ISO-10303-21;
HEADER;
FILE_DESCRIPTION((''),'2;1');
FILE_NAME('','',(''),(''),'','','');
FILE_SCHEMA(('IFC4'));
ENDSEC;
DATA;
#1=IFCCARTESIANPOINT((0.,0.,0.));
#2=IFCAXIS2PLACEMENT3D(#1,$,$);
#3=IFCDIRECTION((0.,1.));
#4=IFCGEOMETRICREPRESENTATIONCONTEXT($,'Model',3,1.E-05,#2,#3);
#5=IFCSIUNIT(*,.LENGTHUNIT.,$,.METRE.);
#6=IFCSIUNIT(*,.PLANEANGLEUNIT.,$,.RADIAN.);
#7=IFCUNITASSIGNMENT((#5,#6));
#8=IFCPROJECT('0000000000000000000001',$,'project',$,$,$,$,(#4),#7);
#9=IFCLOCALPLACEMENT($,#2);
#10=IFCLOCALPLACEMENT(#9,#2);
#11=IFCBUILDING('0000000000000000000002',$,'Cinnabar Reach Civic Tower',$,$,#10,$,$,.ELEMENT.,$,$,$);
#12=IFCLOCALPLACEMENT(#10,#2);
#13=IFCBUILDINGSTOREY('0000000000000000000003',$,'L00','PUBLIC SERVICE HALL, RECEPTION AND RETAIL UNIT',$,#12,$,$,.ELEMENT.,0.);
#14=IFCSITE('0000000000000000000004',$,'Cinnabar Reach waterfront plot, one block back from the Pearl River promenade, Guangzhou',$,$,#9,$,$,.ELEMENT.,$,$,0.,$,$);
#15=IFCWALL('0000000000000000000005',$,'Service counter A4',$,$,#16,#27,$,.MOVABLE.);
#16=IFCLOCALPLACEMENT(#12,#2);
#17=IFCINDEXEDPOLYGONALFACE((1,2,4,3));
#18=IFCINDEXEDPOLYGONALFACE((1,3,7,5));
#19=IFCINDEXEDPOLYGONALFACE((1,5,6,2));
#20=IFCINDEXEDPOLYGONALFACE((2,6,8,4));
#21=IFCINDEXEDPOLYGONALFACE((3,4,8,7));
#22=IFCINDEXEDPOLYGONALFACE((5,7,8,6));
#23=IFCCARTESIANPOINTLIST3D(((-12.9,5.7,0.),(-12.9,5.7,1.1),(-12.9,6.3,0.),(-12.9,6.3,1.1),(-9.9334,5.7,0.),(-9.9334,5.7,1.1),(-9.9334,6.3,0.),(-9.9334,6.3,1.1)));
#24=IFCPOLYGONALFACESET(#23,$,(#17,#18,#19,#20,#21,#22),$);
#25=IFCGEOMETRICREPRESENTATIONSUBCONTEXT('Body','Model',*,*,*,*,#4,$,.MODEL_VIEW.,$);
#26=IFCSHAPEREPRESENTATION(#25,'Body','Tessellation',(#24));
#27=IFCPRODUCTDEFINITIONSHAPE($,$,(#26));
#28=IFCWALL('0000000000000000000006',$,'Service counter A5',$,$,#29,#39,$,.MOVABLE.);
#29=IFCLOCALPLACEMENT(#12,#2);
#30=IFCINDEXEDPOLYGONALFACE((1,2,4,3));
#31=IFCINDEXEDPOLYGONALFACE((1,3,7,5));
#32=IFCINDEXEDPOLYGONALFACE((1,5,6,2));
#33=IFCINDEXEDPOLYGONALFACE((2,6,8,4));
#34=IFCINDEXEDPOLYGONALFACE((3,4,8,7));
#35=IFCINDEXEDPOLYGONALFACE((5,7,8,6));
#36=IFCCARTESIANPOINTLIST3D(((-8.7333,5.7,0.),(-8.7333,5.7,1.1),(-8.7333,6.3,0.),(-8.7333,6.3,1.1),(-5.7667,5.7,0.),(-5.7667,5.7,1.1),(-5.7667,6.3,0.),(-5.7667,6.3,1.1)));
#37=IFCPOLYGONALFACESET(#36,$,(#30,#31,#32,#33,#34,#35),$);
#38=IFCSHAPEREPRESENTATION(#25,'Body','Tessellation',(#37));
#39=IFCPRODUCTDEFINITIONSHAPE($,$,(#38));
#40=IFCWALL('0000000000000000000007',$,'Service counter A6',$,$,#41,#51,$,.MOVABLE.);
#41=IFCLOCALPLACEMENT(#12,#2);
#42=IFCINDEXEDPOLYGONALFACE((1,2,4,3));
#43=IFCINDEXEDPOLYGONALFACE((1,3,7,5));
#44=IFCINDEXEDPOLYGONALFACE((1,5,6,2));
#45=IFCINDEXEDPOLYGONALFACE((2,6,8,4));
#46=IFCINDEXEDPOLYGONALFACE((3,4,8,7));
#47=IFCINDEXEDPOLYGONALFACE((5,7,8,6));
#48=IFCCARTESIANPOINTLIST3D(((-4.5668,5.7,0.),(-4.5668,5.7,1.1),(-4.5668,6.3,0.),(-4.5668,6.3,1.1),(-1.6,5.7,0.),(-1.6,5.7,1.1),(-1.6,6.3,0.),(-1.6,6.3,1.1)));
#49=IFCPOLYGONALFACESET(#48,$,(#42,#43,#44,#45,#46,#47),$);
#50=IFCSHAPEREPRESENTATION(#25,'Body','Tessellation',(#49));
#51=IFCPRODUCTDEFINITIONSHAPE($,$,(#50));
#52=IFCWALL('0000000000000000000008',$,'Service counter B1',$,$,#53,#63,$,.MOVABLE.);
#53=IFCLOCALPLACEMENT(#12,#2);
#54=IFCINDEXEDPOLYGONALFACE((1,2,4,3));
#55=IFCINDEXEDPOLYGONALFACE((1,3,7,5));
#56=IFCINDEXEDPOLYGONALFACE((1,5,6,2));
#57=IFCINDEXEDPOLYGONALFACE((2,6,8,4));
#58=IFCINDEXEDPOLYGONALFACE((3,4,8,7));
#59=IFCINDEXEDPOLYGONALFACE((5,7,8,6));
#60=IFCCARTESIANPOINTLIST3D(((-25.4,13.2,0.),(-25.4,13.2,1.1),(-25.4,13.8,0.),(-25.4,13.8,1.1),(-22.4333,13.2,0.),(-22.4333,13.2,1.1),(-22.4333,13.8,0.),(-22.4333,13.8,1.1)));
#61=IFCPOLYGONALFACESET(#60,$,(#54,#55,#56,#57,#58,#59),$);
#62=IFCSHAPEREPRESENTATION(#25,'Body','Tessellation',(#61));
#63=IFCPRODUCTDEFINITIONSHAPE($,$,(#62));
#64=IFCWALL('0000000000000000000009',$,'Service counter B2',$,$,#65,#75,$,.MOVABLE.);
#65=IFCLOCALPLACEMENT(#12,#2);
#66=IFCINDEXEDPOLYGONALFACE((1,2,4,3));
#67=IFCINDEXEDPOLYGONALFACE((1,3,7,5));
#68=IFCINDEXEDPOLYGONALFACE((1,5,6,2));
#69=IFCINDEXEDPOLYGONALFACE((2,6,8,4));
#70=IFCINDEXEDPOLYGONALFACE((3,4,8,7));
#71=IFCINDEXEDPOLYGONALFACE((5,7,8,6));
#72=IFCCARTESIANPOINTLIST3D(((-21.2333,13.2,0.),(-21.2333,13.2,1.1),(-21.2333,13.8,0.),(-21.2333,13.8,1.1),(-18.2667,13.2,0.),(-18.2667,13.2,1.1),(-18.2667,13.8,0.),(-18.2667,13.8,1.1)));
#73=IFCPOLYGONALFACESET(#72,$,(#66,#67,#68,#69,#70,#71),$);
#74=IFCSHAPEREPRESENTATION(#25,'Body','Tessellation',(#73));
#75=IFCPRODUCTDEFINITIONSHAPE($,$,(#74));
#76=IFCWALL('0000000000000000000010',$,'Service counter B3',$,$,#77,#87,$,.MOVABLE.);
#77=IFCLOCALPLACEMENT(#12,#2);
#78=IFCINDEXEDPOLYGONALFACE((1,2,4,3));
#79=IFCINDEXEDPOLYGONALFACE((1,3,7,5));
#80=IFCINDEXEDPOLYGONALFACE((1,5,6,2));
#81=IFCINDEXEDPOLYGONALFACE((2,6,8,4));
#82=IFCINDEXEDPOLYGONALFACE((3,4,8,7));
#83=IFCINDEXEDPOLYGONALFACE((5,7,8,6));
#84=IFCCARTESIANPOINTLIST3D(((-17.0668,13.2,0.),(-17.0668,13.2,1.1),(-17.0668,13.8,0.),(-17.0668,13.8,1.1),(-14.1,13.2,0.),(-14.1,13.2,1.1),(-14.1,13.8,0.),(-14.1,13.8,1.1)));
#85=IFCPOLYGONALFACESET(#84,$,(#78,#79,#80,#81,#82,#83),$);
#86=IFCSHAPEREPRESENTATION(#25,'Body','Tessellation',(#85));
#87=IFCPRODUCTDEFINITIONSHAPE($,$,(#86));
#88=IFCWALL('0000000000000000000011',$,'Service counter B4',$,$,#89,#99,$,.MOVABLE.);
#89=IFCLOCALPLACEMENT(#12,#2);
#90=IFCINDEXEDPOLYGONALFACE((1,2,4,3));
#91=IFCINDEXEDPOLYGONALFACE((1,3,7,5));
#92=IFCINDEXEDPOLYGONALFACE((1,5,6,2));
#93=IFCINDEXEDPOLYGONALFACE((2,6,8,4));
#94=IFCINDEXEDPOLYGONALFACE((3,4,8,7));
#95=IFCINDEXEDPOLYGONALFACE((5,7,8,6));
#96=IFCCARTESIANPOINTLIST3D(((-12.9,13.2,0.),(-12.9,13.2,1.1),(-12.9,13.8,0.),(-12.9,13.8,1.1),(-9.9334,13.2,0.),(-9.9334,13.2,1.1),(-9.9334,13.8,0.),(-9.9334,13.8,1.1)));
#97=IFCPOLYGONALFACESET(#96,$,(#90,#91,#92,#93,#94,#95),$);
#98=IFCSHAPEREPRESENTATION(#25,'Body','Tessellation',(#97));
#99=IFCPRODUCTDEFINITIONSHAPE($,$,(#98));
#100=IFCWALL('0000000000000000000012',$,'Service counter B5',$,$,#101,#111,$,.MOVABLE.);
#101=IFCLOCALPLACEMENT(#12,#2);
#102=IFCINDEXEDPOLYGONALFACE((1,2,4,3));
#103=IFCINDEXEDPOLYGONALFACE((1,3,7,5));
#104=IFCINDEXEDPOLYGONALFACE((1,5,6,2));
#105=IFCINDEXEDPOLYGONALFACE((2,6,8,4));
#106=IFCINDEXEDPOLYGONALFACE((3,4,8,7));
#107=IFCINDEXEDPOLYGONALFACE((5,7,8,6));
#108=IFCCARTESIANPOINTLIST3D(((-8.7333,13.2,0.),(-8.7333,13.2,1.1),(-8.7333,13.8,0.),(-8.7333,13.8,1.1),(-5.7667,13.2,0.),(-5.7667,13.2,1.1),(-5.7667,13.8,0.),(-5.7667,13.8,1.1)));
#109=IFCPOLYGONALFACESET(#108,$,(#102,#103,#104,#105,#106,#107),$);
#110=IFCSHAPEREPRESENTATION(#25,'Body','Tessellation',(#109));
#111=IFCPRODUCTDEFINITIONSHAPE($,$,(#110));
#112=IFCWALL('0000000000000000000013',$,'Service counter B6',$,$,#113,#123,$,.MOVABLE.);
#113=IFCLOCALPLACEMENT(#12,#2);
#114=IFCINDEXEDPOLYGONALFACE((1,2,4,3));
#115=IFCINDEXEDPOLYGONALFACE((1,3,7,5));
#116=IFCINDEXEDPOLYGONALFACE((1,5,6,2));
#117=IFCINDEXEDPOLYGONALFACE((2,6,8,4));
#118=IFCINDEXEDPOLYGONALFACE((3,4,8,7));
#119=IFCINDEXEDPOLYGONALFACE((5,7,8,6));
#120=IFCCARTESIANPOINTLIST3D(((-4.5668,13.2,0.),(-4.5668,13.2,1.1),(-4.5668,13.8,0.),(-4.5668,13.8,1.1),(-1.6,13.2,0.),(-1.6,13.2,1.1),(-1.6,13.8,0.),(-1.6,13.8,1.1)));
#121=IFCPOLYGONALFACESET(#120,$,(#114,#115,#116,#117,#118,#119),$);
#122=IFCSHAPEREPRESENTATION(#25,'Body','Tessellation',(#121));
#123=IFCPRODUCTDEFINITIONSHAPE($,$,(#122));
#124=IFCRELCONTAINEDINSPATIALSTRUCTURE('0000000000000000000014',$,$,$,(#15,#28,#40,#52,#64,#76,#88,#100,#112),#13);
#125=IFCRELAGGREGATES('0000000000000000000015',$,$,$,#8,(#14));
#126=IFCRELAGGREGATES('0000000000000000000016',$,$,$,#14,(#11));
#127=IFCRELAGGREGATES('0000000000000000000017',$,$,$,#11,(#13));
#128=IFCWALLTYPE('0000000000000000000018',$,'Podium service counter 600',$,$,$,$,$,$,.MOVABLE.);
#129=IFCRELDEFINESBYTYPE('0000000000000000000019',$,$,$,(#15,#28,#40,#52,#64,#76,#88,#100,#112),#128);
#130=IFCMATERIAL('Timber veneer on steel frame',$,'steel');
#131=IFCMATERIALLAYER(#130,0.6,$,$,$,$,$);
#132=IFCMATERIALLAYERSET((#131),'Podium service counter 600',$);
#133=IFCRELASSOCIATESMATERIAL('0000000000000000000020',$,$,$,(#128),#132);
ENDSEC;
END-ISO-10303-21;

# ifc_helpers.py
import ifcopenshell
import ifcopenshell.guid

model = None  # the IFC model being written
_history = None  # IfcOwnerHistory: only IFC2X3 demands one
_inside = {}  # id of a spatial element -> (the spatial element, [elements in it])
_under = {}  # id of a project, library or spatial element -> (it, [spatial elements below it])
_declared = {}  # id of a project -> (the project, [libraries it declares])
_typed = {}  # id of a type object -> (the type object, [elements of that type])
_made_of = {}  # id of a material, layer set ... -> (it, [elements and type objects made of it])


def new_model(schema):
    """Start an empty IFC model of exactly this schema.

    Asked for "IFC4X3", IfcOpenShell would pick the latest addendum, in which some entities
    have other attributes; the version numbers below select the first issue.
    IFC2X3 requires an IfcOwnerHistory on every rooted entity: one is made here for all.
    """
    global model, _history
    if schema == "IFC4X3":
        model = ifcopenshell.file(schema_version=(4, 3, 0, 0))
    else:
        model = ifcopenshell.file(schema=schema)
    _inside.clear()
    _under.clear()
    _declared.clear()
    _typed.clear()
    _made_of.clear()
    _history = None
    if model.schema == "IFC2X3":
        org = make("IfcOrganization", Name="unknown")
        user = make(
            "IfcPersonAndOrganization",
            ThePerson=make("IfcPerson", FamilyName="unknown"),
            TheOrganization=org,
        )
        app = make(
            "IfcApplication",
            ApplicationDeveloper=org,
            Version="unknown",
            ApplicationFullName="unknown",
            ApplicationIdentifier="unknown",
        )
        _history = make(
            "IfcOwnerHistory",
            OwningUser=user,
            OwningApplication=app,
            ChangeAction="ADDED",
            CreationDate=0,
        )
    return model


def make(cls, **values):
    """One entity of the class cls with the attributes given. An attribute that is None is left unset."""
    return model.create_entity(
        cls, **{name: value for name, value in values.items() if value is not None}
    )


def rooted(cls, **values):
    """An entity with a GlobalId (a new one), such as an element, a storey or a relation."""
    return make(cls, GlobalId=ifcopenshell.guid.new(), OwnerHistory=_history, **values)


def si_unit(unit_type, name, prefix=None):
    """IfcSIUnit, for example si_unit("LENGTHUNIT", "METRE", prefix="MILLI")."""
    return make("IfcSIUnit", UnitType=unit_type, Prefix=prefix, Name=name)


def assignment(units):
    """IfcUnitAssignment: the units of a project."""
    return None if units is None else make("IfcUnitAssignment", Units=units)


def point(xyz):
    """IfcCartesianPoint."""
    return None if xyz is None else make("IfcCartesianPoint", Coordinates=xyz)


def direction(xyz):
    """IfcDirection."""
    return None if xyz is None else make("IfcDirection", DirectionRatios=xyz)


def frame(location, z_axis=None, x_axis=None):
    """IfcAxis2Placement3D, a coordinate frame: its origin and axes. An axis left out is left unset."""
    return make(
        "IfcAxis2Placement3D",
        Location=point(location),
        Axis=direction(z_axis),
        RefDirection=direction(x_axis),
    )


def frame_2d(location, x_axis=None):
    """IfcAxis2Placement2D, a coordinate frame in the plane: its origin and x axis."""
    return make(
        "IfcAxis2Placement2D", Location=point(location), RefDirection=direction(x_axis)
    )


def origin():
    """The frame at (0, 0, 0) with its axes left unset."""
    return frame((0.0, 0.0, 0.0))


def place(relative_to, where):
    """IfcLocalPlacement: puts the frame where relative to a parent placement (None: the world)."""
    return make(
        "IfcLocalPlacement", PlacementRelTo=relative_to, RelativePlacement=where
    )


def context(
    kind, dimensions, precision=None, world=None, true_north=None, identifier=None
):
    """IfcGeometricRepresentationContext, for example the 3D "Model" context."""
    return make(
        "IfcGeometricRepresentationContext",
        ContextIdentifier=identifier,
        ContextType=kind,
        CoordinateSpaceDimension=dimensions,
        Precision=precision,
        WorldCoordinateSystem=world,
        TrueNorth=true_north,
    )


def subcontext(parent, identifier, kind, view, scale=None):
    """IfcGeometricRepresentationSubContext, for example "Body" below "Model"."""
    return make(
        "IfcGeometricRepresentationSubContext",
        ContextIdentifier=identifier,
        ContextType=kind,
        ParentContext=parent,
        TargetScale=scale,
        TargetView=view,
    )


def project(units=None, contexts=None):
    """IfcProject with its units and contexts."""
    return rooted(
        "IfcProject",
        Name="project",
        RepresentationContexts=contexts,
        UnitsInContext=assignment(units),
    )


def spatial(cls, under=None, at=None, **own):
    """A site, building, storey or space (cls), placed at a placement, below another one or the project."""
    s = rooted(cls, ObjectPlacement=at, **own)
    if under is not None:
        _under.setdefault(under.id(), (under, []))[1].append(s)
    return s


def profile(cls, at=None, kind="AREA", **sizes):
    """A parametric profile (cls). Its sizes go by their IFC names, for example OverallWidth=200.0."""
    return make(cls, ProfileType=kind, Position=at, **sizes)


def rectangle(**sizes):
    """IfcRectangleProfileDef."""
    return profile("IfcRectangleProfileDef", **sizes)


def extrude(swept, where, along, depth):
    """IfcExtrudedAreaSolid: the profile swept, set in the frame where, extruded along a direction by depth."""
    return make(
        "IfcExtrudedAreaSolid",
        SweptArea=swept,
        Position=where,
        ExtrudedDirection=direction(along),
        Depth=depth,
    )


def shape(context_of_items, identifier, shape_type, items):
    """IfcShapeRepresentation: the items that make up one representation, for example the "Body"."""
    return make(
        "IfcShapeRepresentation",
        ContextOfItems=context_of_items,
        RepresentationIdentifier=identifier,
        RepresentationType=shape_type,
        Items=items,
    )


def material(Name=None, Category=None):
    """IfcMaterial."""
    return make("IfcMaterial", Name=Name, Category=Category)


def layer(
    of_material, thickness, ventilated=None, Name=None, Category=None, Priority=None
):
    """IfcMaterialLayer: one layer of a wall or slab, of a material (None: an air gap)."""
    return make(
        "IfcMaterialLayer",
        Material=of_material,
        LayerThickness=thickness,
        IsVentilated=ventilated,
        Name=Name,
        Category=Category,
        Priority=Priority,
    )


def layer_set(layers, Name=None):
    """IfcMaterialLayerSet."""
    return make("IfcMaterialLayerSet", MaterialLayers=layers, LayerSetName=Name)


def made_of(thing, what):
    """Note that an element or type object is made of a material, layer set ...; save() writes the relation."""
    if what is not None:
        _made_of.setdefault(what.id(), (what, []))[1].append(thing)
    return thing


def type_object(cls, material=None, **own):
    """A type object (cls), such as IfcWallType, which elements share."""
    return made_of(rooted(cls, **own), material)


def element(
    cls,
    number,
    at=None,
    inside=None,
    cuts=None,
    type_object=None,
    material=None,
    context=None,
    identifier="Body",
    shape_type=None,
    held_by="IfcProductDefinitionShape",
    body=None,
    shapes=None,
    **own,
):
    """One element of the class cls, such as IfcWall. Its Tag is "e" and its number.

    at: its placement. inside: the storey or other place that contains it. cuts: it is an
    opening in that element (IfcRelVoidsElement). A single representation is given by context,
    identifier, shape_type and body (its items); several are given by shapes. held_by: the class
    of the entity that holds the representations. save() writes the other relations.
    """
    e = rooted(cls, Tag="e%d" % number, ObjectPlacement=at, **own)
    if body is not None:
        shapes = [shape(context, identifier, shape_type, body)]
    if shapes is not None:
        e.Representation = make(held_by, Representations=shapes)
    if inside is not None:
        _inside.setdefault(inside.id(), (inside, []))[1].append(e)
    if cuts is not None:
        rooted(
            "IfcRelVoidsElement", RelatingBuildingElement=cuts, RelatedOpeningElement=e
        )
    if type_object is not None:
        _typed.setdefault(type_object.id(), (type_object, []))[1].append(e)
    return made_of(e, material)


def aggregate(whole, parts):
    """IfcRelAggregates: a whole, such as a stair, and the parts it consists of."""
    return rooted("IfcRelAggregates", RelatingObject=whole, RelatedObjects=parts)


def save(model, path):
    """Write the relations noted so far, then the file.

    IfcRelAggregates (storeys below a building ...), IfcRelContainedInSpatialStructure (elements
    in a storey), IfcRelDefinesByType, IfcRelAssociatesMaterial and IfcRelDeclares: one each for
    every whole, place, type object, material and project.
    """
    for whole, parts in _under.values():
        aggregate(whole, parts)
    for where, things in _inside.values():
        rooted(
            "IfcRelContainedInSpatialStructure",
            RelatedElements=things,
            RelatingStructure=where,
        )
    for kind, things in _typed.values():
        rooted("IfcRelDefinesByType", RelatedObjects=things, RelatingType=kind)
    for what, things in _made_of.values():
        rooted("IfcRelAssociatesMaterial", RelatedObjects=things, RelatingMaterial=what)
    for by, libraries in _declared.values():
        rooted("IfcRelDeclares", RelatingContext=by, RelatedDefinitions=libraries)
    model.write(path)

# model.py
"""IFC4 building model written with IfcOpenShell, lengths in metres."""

from ifc_helpers import new_model, si_unit, direction, frame, frame_2d, origin, place, context, subcontext, project, spatial, rectangle, extrude, material, layer, layer_set, type_object, element, save


model = new_model("IFC4")

# Units and contexts
model_context = context("Model", 3, precision=1e-05, world=origin(), true_north=direction((0.0, 1.0)))
body_context = subcontext(model_context, "Body", "Model", "MODEL_VIEW")
ifc_project = project(units=[si_unit("LENGTHUNIT", "METRE"), si_unit("PLANEANGLEUNIT", "RADIAN")], contexts=[model_context])

# Site, building, storey
site_placement = place(None, origin())
site = spatial("IfcSite", under=ifc_project, at=site_placement, Name="Cinnabar Reach waterfront plot, one block back from the Pearl River promenade, Guangzhou", CompositionType="ELEMENT", RefElevation=0.0)
building_placement = place(site_placement, origin())
building = spatial("IfcBuilding", under=site, at=building_placement, Name="Cinnabar Reach Civic Tower", CompositionType="ELEMENT")
storey_placement = place(building_placement, origin())
storey = spatial("IfcBuildingStorey", under=building, at=storey_placement, Name="L00", Description="PUBLIC SERVICE HALL, RECEPTION AND RETAIL UNIT", CompositionType="ELEMENT", Elevation=0.0)

# Walls
ifc_material_1 = material(Name="Timber veneer on steel frame", Category="steel")
ifc_layer_1 = layer(ifc_material_1, 0.6)
ifc_layer_set_1 = layer_set([ifc_layer_1], Name="Podium service counter 600")
wall_type_1 = type_object("IfcWallType", Name="Podium service counter 600", PredefinedType="MOVABLE", material=ifc_layer_set_1)
for number, where, z_axis, x_axis, name in (
    (1, (-12.9, 6.0, 0.0), (0.0, 0.0, 1.0), (1.0, 0.0, 0.0), "Service counter A4"),
):
    element("IfcWall", number, at=place(storey_placement, frame(where, z_axis=z_axis, x_axis=x_axis)), inside=storey, type_object=wall_type_1, Name=name, PredefinedType="MOVABLE", context=body_context, shape_type="SweptSolid", body=[
        extrude(rectangle(XDim=2.9667, YDim=0.6, at=frame_2d((1.4833, 0.0))), origin(), (0.0, 0.0, 1.0), 1.1),
    ])
wall_1_placement = place(storey_placement, frame((-8.7333, 6.0, 0.0), z_axis=(0.0, 0.0, 1.0), x_axis=(1.0, 0.0, 0.0)))
element("IfcWall", 2, at=wall_1_placement, inside=storey, type_object=wall_type_1, Name="Service counter A5", PredefinedType="MOVABLE", context=body_context, shape_type="SweptSolid", body=[
    extrude(rectangle(XDim=2.9666, YDim=0.6, at=frame_2d((1.4833, 0.0))), origin(), (0.0, 0.0, 1.0), 1.1),
])
for number, where, z_axis, x_axis, name in (
    (3, (-4.5667, 6.0, 0.0), (0.0, 0.0, 1.0), (1.0, 0.0, 0.0), "Service counter A6"),
    (4, (-25.4, 13.5, 0.0), (0.0, 0.0, 1.0), (1.0, 0.0, 0.0), "Service counter B1"),
):
    element("IfcWall", number, at=place(storey_placement, frame(where, z_axis=z_axis, x_axis=x_axis)), inside=storey, type_object=wall_type_1, Name=name, PredefinedType="MOVABLE", context=body_context, shape_type="SweptSolid", body=[
        extrude(rectangle(XDim=2.9667, YDim=0.6, at=frame_2d((1.4833, 0.0))), origin(), (0.0, 0.0, 1.0), 1.1),
    ])
wall_2_placement = place(storey_placement, frame((-21.2333, 13.5, 0.0), z_axis=(0.0, 0.0, 1.0), x_axis=(1.0, 0.0, 0.0)))
element("IfcWall", 5, at=wall_2_placement, inside=storey, type_object=wall_type_1, Name="Service counter B2", PredefinedType="MOVABLE", context=body_context, shape_type="SweptSolid", body=[
    extrude(rectangle(XDim=2.9666, YDim=0.6, at=frame_2d((1.4833, 0.0))), origin(), (0.0, 0.0, 1.0), 1.1),
])
for number, where, z_axis, x_axis, name in (
    (6, (-17.0667, 13.5, 0.0), (0.0, 0.0, 1.0), (1.0, 0.0, 0.0), "Service counter B3"),
    (7, (-12.9, 13.5, 0.0), (0.0, 0.0, 1.0), (1.0, 0.0, 0.0), "Service counter B4"),
):
    element("IfcWall", number, at=place(storey_placement, frame(where, z_axis=z_axis, x_axis=x_axis)), inside=storey, type_object=wall_type_1, Name=name, PredefinedType="MOVABLE", context=body_context, shape_type="SweptSolid", body=[
        extrude(rectangle(XDim=2.9667, YDim=0.6, at=frame_2d((1.4833, 0.0))), origin(), (0.0, 0.0, 1.0), 1.1),
    ])
wall_3_placement = place(storey_placement, frame((-8.7333, 13.5, 0.0), z_axis=(0.0, 0.0, 1.0), x_axis=(1.0, 0.0, 0.0)))
element("IfcWall", 8, at=wall_3_placement, inside=storey, type_object=wall_type_1, Name="Service counter B5", PredefinedType="MOVABLE", context=body_context, shape_type="SweptSolid", body=[
    extrude(rectangle(XDim=2.9666, YDim=0.6, at=frame_2d((1.4833, 0.0))), origin(), (0.0, 0.0, 1.0), 1.1),
])
wall_4_placement = place(storey_placement, frame((-4.5667, 13.5, 0.0), z_axis=(0.0, 0.0, 1.0), x_axis=(1.0, 0.0, 0.0)))
element("IfcWall", 9, at=wall_4_placement, inside=storey, type_object=wall_type_1, Name="Service counter B6", PredefinedType="MOVABLE", context=body_context, shape_type="SweptSolid", body=[
    extrude(rectangle(XDim=2.9667, YDim=0.6, at=frame_2d((1.4833, 0.0))), origin(), (0.0, 0.0, 1.0), 1.1),
])

save(model, "model.ifc")
